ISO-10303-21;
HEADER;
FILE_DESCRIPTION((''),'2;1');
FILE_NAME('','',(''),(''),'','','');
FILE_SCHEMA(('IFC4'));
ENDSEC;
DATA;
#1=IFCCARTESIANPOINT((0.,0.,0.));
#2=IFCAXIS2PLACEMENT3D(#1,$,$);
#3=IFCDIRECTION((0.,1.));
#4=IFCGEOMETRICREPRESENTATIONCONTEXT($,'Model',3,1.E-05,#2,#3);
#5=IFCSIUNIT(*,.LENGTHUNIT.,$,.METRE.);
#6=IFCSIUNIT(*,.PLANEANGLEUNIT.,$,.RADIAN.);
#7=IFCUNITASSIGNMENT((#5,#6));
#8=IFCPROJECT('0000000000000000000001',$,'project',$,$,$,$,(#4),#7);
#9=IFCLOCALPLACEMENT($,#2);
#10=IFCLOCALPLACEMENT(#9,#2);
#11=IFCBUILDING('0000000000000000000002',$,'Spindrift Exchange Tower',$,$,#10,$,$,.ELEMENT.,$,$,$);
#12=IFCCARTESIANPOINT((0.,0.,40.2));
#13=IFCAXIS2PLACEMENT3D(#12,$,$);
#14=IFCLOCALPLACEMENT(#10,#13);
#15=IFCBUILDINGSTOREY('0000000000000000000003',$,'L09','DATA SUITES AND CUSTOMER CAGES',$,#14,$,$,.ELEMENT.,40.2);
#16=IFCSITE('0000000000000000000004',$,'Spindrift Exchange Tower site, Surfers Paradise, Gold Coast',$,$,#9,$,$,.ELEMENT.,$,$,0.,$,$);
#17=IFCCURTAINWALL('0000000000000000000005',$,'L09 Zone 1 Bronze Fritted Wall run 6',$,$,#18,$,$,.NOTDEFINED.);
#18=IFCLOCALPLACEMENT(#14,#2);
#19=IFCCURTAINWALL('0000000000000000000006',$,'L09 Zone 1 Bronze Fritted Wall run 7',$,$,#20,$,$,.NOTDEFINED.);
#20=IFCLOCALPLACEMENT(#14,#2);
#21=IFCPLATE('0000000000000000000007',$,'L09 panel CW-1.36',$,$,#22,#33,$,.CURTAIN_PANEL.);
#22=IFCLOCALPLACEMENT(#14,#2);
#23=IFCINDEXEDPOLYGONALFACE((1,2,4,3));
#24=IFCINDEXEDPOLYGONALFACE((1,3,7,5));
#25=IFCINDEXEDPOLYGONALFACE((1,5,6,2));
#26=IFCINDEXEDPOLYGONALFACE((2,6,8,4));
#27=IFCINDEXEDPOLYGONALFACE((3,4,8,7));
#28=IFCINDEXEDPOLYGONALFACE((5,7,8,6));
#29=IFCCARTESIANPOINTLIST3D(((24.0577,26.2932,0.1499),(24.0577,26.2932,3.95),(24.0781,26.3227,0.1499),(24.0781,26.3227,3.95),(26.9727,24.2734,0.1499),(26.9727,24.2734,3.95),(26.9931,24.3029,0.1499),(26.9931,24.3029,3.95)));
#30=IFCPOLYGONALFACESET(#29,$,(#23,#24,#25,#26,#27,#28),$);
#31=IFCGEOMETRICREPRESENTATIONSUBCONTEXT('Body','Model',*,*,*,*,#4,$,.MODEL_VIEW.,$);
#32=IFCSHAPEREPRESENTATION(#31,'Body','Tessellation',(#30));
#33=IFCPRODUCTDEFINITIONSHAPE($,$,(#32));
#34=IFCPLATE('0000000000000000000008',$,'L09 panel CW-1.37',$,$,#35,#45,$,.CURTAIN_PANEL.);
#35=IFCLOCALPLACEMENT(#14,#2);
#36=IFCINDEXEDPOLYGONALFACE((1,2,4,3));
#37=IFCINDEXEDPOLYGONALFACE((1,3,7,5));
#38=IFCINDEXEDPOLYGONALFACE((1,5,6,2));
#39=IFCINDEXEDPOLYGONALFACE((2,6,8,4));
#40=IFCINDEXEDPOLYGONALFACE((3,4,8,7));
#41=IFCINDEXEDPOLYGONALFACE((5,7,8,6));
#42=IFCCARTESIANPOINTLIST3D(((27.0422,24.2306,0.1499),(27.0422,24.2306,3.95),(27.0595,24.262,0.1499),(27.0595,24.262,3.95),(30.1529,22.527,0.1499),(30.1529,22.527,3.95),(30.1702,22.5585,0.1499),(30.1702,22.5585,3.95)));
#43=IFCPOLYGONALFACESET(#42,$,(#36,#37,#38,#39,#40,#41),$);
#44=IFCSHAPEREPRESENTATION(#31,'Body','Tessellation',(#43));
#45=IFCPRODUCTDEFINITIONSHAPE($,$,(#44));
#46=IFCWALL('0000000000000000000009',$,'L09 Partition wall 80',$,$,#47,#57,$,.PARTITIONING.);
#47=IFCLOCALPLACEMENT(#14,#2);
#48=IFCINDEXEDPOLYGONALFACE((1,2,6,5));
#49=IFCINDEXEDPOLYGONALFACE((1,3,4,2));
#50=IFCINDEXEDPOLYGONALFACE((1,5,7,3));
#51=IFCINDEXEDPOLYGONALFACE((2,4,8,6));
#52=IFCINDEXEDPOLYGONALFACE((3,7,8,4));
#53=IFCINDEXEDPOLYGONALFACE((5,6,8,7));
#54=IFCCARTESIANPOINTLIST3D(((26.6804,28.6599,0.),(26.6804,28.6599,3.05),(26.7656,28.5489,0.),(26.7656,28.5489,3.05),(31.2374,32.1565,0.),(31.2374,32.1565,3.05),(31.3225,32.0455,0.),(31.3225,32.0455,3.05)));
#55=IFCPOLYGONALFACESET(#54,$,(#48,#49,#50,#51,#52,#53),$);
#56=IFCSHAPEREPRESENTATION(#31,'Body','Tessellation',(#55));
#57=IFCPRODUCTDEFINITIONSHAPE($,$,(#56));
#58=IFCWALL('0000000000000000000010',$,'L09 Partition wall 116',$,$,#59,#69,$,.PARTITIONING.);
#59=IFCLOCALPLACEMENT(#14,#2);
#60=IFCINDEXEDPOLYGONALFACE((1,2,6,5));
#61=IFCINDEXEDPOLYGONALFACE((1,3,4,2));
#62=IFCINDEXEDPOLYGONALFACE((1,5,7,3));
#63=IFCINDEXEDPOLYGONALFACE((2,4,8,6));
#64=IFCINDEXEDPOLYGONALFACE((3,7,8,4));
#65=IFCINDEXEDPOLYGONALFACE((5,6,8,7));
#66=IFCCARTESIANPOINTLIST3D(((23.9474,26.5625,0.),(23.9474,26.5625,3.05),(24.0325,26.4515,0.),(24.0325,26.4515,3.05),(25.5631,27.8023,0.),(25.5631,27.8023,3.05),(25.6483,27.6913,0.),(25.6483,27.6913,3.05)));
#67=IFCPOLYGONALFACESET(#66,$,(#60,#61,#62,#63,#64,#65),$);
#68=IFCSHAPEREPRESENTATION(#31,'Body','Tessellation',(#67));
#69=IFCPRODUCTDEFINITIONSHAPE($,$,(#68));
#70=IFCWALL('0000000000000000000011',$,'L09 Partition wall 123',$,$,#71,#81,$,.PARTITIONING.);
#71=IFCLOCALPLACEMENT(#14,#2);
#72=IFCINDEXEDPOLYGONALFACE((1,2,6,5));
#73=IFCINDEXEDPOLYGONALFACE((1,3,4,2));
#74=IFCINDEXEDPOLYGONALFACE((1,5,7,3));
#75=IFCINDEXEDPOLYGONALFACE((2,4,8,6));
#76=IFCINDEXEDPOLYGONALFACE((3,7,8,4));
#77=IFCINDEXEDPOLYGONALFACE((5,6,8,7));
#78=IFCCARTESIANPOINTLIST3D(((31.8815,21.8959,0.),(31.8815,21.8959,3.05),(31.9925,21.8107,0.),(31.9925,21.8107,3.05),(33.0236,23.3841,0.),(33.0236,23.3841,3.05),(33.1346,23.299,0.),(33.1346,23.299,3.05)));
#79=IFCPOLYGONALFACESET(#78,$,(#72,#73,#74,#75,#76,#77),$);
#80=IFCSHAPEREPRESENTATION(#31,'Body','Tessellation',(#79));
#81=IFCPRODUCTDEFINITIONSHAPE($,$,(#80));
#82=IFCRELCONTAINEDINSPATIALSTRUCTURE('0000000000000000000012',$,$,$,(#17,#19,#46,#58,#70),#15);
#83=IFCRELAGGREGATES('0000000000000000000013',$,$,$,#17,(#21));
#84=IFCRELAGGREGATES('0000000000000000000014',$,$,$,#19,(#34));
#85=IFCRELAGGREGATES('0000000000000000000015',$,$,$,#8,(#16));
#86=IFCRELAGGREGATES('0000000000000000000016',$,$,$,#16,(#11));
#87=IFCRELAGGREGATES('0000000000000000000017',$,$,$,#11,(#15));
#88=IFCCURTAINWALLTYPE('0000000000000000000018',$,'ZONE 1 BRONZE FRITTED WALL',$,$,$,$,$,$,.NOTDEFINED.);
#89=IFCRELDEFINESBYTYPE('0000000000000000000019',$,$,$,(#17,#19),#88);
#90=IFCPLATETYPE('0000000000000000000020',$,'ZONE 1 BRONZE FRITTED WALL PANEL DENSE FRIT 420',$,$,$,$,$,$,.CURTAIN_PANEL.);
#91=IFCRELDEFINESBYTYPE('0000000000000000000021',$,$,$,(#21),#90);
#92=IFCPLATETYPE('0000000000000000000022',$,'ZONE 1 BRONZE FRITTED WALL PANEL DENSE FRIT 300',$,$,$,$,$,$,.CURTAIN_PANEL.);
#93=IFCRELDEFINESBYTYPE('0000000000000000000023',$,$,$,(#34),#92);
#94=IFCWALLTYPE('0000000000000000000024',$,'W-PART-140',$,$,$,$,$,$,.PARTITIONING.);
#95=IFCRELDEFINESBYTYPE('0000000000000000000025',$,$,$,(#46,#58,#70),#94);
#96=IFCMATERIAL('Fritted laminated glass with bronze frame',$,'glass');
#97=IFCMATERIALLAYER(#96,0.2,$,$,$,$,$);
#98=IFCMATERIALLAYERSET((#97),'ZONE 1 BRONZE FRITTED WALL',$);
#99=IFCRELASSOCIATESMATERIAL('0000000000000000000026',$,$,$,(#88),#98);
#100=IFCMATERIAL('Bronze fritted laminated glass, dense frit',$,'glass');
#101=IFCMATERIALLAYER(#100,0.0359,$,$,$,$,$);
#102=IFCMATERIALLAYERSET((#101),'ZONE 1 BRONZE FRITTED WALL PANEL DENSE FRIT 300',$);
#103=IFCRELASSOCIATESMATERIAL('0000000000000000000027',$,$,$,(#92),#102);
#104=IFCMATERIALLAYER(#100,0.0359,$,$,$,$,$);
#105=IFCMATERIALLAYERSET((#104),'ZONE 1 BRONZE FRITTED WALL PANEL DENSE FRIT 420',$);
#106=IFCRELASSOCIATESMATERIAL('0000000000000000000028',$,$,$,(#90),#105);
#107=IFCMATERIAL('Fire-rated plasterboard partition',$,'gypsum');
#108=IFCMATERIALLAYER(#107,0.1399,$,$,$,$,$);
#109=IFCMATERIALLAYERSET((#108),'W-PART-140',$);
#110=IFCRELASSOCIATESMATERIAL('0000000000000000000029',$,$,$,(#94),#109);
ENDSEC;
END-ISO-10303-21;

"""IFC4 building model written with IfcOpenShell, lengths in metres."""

from ifc_helpers import new_model, si_unit, direction, frame, frame_2d, origin, origin_2d, place, context, subcontext, project, spatial, rectangle, extrude, source, transform, mapped, material, layer, layer_set, type_object, element, aggregate, save


model = new_model("IFC4")

# Units and contexts
model_context = context("Model", 3, precision=1e-05, world=origin(), true_north=direction((0.0, 1.0)))
body_context = subcontext(model_context, "Body", "Model", "MODEL_VIEW")
ifc_project = project(units=[si_unit("LENGTHUNIT", "METRE"), si_unit("PLANEANGLEUNIT", "RADIAN")], contexts=[model_context])

# Site, building, storey
site_placement = place(None, origin())
site = spatial("IfcSite", under=ifc_project, at=site_placement, Name="Spindrift Exchange Tower site, Surfers Paradise, Gold Coast", CompositionType="ELEMENT", RefElevation=0.0)
building_placement = place(site_placement, origin())
building = spatial("IfcBuilding", under=site, at=building_placement, Name="Spindrift Exchange Tower", CompositionType="ELEMENT")
storey_placement = place(building_placement, frame((0.0, 0.0, 40.2)))
storey = spatial("IfcBuildingStorey", under=building, at=storey_placement, Name="L09", Description="DATA SUITES AND CUSTOMER CAGES", CompositionType="ELEMENT", Elevation=40.2)

# Curtain walls
ifc_material_1 = material(Name="Fritted laminated glass with bronze frame", Category="glass")
ifc_layer_1 = layer(ifc_material_1, 0.2)
ifc_layer_set_1 = layer_set([ifc_layer_1], Name="ZONE 1 BRONZE FRITTED WALL")
curtain_wall_type = type_object("IfcCurtainWallType", Name="ZONE 1 BRONZE FRITTED WALL", PredefinedType="NOTDEFINED", material=ifc_layer_set_1)
curtain_wall_1_placement = place(storey_placement, origin())
curtain_wall_1 = element("IfcCurtainWall", 1, at=curtain_wall_1_placement, inside=storey, type_object=curtain_wall_type, Name="L09 Zone 1 Bronze Fritted Wall run 6", PredefinedType="NOTDEFINED")
curtain_wall_2_placement = place(storey_placement, origin())
curtain_wall_2 = element("IfcCurtainWall", 2, at=curtain_wall_2_placement, inside=storey, type_object=curtain_wall_type, Name="L09 Zone 1 Bronze Fritted Wall run 7", PredefinedType="NOTDEFINED")

# Plates
ifc_material_2 = material(Name="Bronze fritted laminated glass, dense frit", Category="glass")
ifc_layer_2 = layer(ifc_material_2, 0.0359)
ifc_layer_set_2 = layer_set([ifc_layer_2], Name="ZONE 1 BRONZE FRITTED WALL PANEL DENSE FRIT 300")
plate_type_1 = type_object("IfcPlateType", Name="ZONE 1 BRONZE FRITTED WALL PANEL DENSE FRIT 300", PredefinedType="CURTAIN_PANEL", material=ifc_layer_set_2)
ifc_layer_3 = layer(ifc_material_2, 0.0359)
ifc_layer_set_3 = layer_set([ifc_layer_3], Name="ZONE 1 BRONZE FRITTED WALL PANEL DENSE FRIT 420")
plate_type_2 = type_object("IfcPlateType", Name="ZONE 1 BRONZE FRITTED WALL PANEL DENSE FRIT 420", PredefinedType="CURTAIN_PANEL", material=ifc_layer_set_3)
shared_shape_1 = source(origin(), body_context, "Body", "SweptSolid", [
    extrude(rectangle(XDim=3.5464, YDim=0.0359, at=origin_2d()), origin(), (0.0, 0.0, 1.0), 3.8),
])
plate_1_placement = place(storey_placement, frame((25.5254, 25.2981, 0.1499), z_axis=(0.0, 0.0, 1.0), x_axis=(0.821964, -0.569539, 0.0)))
plate_1 = element("IfcPlate", 3, at=plate_1_placement, type_object=plate_type_2, Name="L09 panel CW-1.36", PredefinedType="CURTAIN_PANEL", context=body_context, shape_type="MappedRepresentation", body=[
    mapped(shared_shape_1, transform((0.0, 0.0, 0.0), scale=1.0)),
])
aggregate(curtain_wall_1, [plate_1])
shared_shape_2 = source(origin(), body_context, "Body", "SweptSolid", [
    extrude(rectangle(XDim=3.5466, YDim=0.0359, at=origin_2d()), origin(), (0.0, 0.0, 1.0), 3.8),
])
plate_2_placement = place(storey_placement, frame((28.6062, 23.3945, 0.1499), z_axis=(0.0, 0.0, 1.0), x_axis=(0.877087, -0.480331, 0.0)))
plate_2 = element("IfcPlate", 4, at=plate_2_placement, type_object=plate_type_1, Name="L09 panel CW-1.37", PredefinedType="CURTAIN_PANEL", context=body_context, shape_type="MappedRepresentation", body=[
    mapped(shared_shape_2, transform((0.0, 0.0, 0.0), scale=1.0)),
])
aggregate(curtain_wall_2, [plate_2])

# Walls
ifc_material_3 = material(Name="Fire-rated plasterboard partition", Category="gypsum")
ifc_layer_4 = layer(ifc_material_3, 0.1399)
ifc_layer_set_4 = layer_set([ifc_layer_4], Name="W-PART-140")
wall_type = type_object("IfcWallType", Name="W-PART-140", PredefinedType="PARTITIONING", material=ifc_layer_set_4)
wall_1_placement = place(storey_placement, frame((31.28, 32.1011, 0.0), z_axis=(0.0, 0.0, 1.0), x_axis=(-0.793357, -0.608757, 0.0)))
element("IfcWall", 5, at=wall_1_placement, inside=storey, type_object=wall_type, Name="L09 Partition wall 80", PredefinedType="PARTITIONING", context=body_context, shape_type="SweptSolid", body=[
    extrude(rectangle(XDim=5.7439, YDim=0.1399, at=frame_2d((2.8721, 0.0))), origin(), (0.0, 0.0, 1.0), 3.05),
])
wall_2_placement = place(storey_placement, frame((25.6057, 27.7468, 0.0), z_axis=(0.0, 0.0, 1.0), x_axis=(-0.793363, -0.608749, 0.0)))
element("IfcWall", 6, at=wall_2_placement, inside=storey, type_object=wall_type, Name="L09 Partition wall 116", PredefinedType="PARTITIONING", context=body_context, shape_type="SweptSolid", body=[
    extrude(rectangle(XDim=2.0366, YDim=0.1399, at=frame_2d((1.0183, 0.0))), origin(), (0.0, 0.0, 1.0), 3.05),
])
wall_3_placement = place(storey_placement, frame((33.0791, 23.3416, 0.0), z_axis=(0.0, 0.0, 1.0), x_axis=(-0.608792, -0.79333, 0.0)))
element("IfcWall", 7, at=wall_3_placement, inside=storey, type_object=wall_type, Name="L09 Partition wall 123", PredefinedType="PARTITIONING", context=body_context, shape_type="SweptSolid", body=[
    extrude(rectangle(XDim=1.876, YDim=0.1399, at=frame_2d((0.938, 0.0))), origin(), (0.0, 0.0, 1.0), 3.05),
])

save(model, "model.ifc")
